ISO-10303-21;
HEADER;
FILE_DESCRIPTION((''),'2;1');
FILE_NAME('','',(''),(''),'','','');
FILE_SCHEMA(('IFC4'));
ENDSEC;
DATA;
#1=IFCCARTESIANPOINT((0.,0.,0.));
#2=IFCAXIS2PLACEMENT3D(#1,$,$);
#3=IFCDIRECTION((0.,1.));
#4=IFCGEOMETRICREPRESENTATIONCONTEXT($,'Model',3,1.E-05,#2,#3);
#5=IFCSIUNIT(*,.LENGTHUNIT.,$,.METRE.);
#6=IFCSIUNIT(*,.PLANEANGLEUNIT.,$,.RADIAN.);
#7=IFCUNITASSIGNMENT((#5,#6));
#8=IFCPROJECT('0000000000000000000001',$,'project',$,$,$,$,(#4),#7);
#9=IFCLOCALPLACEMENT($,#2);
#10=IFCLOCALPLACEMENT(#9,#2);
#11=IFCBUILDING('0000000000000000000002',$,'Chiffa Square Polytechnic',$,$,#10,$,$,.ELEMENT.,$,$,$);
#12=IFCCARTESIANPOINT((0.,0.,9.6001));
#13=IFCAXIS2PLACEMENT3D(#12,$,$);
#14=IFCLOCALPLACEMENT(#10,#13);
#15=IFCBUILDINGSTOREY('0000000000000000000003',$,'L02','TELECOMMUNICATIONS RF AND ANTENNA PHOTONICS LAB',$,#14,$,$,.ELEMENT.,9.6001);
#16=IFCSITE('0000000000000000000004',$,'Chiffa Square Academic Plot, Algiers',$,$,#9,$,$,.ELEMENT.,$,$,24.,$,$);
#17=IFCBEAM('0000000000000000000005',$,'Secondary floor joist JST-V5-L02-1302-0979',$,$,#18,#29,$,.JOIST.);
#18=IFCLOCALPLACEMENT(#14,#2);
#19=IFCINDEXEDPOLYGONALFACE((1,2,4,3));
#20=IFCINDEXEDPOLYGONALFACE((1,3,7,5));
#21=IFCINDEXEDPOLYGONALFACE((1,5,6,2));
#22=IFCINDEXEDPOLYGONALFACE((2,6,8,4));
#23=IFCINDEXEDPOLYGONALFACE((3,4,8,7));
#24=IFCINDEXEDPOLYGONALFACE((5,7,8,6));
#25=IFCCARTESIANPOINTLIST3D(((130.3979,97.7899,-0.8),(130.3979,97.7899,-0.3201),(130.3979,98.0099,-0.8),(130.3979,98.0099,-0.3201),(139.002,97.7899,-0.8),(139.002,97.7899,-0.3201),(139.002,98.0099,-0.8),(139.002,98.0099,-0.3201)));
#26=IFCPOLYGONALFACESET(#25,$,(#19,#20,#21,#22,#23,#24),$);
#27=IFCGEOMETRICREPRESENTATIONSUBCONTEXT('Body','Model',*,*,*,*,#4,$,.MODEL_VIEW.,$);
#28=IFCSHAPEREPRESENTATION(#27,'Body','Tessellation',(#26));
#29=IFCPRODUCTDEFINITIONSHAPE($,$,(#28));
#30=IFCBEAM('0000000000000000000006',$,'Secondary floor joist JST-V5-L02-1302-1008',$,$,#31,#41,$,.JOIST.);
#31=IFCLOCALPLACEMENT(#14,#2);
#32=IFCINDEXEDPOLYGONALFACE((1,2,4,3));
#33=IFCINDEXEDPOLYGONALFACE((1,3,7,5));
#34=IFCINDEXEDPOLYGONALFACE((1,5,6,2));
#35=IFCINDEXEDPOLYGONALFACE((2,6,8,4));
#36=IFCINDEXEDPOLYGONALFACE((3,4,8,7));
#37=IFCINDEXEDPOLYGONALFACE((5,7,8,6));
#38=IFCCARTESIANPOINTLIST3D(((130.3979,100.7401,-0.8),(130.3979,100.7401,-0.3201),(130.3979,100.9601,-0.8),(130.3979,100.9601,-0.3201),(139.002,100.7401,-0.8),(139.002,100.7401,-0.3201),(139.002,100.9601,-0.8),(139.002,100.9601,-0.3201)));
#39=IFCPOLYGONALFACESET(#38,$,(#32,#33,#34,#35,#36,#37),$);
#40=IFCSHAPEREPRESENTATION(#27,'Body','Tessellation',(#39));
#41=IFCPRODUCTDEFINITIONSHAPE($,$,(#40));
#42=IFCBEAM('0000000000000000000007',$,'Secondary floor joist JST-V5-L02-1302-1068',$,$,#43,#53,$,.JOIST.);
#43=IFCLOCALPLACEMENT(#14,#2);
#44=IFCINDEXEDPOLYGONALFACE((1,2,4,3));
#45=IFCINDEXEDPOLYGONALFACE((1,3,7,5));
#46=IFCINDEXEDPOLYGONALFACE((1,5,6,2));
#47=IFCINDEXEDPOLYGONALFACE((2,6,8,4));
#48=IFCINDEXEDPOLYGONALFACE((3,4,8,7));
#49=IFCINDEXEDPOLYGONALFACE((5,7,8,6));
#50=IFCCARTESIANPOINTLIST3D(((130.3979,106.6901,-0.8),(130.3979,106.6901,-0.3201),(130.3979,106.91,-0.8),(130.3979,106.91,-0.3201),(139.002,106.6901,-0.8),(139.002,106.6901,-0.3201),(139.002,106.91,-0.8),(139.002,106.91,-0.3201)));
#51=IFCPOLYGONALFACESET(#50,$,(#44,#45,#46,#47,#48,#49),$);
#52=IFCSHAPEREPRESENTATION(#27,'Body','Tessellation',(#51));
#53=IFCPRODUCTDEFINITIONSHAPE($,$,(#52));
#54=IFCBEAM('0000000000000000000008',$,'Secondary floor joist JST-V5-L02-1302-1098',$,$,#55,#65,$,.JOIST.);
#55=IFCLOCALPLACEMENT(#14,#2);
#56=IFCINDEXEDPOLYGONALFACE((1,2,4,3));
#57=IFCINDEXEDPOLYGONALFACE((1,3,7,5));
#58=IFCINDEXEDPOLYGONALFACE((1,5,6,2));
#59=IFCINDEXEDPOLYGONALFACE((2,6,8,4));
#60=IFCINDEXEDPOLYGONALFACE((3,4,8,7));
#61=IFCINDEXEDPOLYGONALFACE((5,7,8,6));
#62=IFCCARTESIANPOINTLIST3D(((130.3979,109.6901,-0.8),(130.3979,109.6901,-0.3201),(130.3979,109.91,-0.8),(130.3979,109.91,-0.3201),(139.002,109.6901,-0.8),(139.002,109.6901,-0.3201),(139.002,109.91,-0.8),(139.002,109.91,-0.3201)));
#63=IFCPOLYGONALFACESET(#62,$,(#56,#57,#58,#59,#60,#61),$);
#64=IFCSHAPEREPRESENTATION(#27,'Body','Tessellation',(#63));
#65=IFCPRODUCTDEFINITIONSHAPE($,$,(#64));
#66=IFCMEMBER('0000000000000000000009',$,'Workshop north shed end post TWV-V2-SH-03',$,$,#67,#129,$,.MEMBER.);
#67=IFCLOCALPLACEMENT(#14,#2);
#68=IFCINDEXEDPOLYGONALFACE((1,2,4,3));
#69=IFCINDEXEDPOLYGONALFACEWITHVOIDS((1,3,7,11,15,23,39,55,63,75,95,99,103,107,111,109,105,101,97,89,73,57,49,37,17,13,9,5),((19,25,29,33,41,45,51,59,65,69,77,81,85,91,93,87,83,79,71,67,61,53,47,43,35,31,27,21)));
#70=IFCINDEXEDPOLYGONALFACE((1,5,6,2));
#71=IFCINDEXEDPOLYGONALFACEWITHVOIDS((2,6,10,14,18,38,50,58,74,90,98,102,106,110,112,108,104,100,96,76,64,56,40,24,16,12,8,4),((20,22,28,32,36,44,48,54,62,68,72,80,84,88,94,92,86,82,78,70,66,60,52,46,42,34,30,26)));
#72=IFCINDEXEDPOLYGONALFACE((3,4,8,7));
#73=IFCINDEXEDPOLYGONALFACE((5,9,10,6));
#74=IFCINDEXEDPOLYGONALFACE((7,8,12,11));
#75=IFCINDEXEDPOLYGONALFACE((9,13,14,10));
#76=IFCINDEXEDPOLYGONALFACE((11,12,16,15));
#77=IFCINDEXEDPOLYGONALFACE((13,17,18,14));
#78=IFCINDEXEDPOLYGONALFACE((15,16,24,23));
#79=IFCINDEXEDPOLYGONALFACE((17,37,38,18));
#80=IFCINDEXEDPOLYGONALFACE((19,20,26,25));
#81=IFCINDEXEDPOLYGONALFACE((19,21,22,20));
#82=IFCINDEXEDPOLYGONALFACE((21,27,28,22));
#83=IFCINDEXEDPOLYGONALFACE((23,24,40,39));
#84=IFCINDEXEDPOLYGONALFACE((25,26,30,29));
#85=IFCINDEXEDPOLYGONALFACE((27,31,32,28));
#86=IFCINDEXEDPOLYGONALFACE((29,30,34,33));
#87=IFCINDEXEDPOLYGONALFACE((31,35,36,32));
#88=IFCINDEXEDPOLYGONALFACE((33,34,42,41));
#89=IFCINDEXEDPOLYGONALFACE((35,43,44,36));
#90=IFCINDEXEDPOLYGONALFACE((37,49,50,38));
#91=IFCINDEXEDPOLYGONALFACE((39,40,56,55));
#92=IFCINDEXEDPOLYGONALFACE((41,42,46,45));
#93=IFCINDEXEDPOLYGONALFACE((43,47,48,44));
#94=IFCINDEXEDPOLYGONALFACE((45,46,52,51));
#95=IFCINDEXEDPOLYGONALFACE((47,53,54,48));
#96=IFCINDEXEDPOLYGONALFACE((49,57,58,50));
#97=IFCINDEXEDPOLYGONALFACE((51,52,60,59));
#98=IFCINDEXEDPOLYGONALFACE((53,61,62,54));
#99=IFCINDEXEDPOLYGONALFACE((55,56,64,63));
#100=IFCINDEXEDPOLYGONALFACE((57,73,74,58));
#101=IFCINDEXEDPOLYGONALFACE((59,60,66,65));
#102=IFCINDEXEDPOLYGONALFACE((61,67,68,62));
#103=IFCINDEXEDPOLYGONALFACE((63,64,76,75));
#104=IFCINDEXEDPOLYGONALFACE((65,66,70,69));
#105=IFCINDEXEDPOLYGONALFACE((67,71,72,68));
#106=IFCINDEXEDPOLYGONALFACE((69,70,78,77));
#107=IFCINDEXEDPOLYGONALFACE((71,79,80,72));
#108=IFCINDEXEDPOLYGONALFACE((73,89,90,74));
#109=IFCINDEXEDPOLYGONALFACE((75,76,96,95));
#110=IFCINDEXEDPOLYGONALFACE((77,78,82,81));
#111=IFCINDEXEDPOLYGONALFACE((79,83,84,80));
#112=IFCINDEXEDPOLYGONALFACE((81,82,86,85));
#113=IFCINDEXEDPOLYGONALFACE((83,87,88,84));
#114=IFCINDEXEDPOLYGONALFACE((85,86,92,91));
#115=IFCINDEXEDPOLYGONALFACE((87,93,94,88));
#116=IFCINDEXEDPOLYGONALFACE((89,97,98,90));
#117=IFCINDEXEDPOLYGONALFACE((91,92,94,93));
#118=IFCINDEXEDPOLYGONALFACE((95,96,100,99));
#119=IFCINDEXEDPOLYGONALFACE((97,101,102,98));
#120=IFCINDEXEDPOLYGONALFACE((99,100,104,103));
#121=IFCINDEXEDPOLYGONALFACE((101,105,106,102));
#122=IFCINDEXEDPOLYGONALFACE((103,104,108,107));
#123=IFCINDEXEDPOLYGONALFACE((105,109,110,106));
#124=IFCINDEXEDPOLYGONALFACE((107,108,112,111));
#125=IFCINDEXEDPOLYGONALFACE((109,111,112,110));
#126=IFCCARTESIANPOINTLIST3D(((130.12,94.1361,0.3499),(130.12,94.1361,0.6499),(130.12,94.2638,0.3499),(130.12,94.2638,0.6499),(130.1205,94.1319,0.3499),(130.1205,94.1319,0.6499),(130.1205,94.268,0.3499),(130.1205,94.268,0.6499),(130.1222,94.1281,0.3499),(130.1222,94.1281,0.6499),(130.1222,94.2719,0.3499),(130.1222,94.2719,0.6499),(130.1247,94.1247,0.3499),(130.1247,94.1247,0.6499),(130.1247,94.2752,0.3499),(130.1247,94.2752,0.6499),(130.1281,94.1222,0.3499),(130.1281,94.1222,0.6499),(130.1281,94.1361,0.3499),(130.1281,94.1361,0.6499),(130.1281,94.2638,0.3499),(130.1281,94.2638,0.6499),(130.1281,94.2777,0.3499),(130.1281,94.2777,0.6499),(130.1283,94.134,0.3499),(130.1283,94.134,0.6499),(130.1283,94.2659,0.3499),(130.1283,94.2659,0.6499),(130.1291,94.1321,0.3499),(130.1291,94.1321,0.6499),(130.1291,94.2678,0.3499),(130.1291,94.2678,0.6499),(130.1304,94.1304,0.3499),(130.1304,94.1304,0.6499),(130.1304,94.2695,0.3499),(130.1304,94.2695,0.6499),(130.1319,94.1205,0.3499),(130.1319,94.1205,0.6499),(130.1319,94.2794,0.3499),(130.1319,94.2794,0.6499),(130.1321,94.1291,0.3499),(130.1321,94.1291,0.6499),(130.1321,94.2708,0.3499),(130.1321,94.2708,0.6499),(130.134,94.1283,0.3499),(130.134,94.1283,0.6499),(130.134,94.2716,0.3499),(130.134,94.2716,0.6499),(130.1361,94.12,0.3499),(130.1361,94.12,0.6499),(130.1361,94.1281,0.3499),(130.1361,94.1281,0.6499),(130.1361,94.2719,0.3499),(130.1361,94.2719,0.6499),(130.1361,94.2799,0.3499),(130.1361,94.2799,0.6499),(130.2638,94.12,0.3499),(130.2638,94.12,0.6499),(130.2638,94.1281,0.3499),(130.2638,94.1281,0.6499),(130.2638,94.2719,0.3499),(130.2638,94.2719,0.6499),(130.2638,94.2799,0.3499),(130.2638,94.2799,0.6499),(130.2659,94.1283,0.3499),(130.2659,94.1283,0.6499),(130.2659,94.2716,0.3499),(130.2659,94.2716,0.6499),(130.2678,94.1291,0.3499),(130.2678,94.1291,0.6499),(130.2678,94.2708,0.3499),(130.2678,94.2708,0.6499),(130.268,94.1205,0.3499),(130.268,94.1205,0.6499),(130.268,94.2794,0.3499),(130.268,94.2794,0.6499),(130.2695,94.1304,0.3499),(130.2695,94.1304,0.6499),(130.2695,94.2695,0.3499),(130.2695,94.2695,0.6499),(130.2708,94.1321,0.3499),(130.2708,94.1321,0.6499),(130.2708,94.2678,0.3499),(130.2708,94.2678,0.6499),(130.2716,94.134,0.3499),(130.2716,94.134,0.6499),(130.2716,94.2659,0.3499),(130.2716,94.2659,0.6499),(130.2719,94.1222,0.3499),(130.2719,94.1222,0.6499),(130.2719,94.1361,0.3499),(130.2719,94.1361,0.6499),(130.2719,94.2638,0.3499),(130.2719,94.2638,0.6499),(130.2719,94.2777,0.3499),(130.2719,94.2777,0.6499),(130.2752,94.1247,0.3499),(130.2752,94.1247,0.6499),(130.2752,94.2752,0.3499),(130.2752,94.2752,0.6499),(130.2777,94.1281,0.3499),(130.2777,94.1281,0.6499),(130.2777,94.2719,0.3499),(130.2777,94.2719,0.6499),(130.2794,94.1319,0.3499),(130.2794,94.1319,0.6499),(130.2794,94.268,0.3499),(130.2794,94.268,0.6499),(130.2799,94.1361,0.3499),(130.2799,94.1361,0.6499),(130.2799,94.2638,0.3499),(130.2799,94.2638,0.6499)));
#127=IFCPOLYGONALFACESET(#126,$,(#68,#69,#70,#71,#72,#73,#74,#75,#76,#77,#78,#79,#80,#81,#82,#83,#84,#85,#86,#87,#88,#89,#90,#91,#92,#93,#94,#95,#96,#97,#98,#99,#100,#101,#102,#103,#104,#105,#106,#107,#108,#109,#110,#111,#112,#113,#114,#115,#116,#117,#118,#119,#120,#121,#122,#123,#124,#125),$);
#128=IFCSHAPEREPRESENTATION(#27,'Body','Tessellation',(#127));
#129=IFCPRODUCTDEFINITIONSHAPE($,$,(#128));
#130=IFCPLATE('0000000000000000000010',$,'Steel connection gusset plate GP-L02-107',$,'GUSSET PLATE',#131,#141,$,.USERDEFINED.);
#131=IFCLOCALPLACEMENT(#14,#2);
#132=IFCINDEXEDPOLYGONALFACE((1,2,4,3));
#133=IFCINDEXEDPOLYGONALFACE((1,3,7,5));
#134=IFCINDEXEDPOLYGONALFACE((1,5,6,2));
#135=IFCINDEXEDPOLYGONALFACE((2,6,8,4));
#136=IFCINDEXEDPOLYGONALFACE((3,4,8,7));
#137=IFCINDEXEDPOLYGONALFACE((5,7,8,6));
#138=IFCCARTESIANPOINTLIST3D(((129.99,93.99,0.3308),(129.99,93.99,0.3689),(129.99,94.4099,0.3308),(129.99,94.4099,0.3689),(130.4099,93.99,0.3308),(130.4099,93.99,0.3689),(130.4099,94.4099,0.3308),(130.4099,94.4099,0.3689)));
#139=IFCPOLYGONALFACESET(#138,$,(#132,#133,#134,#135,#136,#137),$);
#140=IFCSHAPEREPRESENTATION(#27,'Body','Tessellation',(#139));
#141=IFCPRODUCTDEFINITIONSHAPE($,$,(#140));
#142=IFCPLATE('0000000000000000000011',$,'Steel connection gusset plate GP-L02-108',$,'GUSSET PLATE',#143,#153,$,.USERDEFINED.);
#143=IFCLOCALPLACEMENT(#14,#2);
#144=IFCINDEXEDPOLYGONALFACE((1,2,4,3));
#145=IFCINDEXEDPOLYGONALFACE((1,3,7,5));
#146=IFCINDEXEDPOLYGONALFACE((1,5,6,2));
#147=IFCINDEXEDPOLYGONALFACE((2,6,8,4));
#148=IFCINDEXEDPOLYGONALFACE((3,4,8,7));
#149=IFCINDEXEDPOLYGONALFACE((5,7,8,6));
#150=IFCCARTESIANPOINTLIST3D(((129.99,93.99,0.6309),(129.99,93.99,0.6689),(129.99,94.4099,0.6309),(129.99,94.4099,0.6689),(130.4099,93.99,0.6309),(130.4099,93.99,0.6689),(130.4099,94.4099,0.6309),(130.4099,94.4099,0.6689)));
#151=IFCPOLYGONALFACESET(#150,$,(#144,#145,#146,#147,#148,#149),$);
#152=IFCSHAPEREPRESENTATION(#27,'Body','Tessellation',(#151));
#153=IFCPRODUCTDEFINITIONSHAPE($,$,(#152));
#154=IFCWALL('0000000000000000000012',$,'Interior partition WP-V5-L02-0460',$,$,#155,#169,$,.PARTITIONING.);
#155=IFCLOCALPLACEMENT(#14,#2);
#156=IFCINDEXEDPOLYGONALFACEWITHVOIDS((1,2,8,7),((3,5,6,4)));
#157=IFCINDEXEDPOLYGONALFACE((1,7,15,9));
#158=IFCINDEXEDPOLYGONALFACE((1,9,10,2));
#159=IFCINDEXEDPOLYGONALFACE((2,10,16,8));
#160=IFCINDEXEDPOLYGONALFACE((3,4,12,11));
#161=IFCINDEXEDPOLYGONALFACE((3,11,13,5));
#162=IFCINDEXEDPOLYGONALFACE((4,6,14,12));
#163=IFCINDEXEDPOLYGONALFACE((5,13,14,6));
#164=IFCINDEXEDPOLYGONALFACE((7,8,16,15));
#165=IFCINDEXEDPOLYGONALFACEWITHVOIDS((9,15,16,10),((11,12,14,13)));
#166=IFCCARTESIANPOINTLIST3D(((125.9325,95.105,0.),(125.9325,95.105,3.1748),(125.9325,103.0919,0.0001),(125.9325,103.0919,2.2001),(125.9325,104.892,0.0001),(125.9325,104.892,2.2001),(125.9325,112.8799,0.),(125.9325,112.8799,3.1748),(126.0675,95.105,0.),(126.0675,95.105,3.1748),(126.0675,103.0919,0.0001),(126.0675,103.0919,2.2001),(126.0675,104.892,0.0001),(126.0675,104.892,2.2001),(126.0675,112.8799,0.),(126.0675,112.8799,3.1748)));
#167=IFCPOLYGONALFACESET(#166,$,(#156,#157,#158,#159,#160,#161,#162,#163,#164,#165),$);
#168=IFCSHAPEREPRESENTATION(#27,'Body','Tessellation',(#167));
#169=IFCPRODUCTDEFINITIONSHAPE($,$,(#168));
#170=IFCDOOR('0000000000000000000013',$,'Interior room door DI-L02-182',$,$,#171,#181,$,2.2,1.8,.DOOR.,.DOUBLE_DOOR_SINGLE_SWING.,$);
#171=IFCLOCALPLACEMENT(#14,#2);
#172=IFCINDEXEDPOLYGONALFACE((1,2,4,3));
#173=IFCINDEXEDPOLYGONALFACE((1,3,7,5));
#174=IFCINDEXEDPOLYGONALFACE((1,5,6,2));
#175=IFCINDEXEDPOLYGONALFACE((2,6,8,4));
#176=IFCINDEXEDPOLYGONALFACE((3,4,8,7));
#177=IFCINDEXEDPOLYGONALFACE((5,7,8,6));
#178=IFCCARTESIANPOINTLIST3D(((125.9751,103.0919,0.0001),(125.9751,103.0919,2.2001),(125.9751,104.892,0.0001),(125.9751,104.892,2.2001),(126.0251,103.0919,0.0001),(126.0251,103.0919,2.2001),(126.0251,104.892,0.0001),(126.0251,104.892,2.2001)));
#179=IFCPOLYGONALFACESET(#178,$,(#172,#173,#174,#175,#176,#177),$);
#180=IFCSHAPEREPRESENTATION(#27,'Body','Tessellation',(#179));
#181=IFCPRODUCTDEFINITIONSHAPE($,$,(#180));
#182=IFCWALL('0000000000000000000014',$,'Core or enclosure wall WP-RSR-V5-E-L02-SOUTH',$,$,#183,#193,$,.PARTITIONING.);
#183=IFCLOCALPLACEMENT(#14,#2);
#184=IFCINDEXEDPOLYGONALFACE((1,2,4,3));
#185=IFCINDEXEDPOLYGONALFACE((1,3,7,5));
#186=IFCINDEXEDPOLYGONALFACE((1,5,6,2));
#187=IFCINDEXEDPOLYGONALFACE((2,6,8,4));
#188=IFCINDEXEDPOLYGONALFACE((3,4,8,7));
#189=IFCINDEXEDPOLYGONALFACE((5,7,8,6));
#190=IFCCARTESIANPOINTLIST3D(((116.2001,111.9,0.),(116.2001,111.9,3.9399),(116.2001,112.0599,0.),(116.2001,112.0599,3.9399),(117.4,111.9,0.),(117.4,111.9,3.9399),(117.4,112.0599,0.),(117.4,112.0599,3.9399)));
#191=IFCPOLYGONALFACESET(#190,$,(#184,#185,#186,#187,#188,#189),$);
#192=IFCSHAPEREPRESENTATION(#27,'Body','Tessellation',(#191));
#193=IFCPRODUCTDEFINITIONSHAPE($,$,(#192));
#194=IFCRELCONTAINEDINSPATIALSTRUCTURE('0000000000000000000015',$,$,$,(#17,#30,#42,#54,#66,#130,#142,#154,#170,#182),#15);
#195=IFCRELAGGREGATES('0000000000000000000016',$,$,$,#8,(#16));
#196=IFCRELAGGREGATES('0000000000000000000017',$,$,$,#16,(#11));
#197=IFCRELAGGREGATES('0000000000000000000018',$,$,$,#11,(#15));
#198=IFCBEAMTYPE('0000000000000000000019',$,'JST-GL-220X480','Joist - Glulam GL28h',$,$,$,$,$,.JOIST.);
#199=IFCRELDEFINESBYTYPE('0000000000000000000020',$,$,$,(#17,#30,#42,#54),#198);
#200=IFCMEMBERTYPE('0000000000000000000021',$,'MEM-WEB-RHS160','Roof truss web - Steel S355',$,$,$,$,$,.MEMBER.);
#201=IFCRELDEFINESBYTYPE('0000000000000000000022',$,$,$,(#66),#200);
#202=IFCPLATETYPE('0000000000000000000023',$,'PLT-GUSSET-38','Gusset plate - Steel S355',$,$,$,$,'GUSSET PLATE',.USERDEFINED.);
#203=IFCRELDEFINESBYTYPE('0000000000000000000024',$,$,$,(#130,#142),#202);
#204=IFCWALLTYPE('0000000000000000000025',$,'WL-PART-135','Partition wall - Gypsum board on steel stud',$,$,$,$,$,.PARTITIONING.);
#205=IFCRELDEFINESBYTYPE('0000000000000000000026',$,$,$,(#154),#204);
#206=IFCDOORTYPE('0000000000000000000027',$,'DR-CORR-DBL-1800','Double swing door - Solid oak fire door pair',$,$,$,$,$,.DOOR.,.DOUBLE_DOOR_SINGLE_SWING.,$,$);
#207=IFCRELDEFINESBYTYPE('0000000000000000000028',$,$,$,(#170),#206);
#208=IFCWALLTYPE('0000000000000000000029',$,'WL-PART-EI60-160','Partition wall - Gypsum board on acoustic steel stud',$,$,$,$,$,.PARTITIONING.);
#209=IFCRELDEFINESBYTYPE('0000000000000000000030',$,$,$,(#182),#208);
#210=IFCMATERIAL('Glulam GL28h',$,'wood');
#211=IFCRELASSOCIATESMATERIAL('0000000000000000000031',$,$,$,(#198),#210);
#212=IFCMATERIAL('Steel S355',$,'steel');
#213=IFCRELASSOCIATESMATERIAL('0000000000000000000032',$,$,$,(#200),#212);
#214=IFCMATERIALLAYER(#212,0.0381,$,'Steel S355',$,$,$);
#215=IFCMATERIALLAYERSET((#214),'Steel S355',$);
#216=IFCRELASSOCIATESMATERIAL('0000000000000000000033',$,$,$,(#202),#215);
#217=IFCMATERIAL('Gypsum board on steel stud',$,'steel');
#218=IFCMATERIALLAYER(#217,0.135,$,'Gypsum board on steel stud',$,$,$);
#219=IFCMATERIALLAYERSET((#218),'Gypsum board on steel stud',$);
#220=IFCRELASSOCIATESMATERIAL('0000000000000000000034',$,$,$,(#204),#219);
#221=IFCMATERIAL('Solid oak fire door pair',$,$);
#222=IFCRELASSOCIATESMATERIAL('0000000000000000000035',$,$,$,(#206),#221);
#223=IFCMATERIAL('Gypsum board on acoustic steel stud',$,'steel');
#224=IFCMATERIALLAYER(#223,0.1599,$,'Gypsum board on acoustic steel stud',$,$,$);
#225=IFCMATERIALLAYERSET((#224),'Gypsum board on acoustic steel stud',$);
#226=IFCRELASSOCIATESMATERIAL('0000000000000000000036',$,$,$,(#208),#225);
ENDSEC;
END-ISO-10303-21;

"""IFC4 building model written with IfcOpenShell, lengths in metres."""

from ifc_helpers import new_model, si_unit, direction, frame, frame_2d, origin, origin_2d, place, context, subcontext, project, spatial, rectangle, hollow_rectangle, extrude, material, layer, layer_set, material_profile, profile_set, type_object, element, fill, save


model = new_model("IFC4")

# Units and contexts
model_context = context("Model", 3, precision=1e-05, world=origin(), true_north=direction((0.0, 1.0)))
body_context = subcontext(model_context, "Body", "Model", "MODEL_VIEW")
ifc_project = project(units=[si_unit("LENGTHUNIT", "METRE"), si_unit("PLANEANGLEUNIT", "RADIAN")], contexts=[model_context])

# Site, building, storey
site_placement = place(None, origin())
site = spatial("IfcSite", under=ifc_project, at=site_placement, Name="Chiffa Square Academic Plot, Algiers", CompositionType="ELEMENT", RefElevation=24.0)
building_placement = place(site_placement, origin())
building = spatial("IfcBuilding", under=site, at=building_placement, Name="Chiffa Square Polytechnic", CompositionType="ELEMENT")
storey_placement = place(building_placement, frame((0.0, 0.0, 9.6001)))
storey = spatial("IfcBuildingStorey", under=building, at=storey_placement, Name="L02", Description="TELECOMMUNICATIONS RF AND ANTENNA PHOTONICS LAB", CompositionType="ELEMENT", Elevation=9.6001)

# Beams
ifc_material_1 = material(Name="Glulam GL28h", Category="wood")
ifc_material_profile_1 = material_profile(ifc_material_1, rectangle(XDim=0.22, YDim=0.48, at=origin_2d()), Name="GL28h 220x480")
ifc_profile_set_1 = profile_set([ifc_material_profile_1], Name="Glulam GL28h")
beam_type_1 = type_object("IfcBeamType", Name="JST-GL-220X480", Description="Joist - Glulam GL28h", PredefinedType="JOIST", material=ifc_profile_set_1)
for number, where, z_axis, x_axis, name in (
    (1, (130.3979, 97.8999, -0.5601), (1.0, 0.0, 0.0), (0.0, 1.0, 0.0), "Secondary floor joist JST-V5-L02-1302-0979"),
    (2, (130.3979, 100.8501, -0.5601), (1.0, 0.0, 0.0), (0.0, 1.0, 0.0), "Secondary floor joist JST-V5-L02-1302-1008"),
    (3, (130.3979, 106.8, -0.5601), (1.0, 0.0, 0.0), (0.0, 1.0, 0.0), "Secondary floor joist JST-V5-L02-1302-1068"),
    (4, (130.3979, 109.8, -0.5601), (1.0, 0.0, 0.0), (0.0, 1.0, 0.0), "Secondary floor joist JST-V5-L02-1302-1098"),
):
    element("IfcBeam", number, at=place(storey_placement, frame(where, z_axis=z_axis, x_axis=x_axis)), inside=storey, type_object=beam_type_1, Name=name, PredefinedType="JOIST", context=body_context, shape_type="SweptSolid", body=[
        extrude(rectangle(XDim=0.22, YDim=0.48, at=origin_2d()), origin(), (0.0, 0.0, 1.0), 8.604),
    ])

# Member
ifc_material_2 = material(Name="Steel S355", Category="steel")
ifc_material_profile_2 = material_profile(ifc_material_2, hollow_rectangle(XDim=0.1599, YDim=0.1599, WallThickness=0.0081, InnerFilletRadius=0.0081, OuterFilletRadius=0.0161, at=origin_2d()), Name="RHS 160x160x8")
ifc_profile_set_2 = profile_set([ifc_material_profile_2], Name="Steel S355")
member_type = type_object("IfcMemberType", Name="MEM-WEB-RHS160", Description="Roof truss web - Steel S355", PredefinedType="MEMBER", material=ifc_profile_set_2)
member_placement = place(storey_placement, frame((130.2, 94.2, 0.3499), z_axis=(0.0, 0.0, 1.0), x_axis=(1.0, 0.0, 0.0)))
element("IfcMember", 5, at=member_placement, inside=storey, type_object=member_type, Name="Workshop north shed end post TWV-V2-SH-03", PredefinedType="MEMBER", context=body_context, shape_type="SweptSolid", body=[
    extrude(hollow_rectangle(XDim=0.1599, YDim=0.1599, WallThickness=0.0081, InnerFilletRadius=0.0081, OuterFilletRadius=0.0161, at=origin_2d()), origin(), (0.0, 0.0, 1.0), 0.3),
])

# Plates
ifc_layer_1 = layer(ifc_material_2, 0.0381, Name="Steel S355")
ifc_layer_set_1 = layer_set([ifc_layer_1], Name="Steel S355")
plate_type = type_object("IfcPlateType", Name="PLT-GUSSET-38", Description="Gusset plate - Steel S355", ElementType="GUSSET PLATE", PredefinedType="USERDEFINED", material=ifc_layer_set_1)
for number, where, z_axis, x_axis, name in (
    (6, (130.2, 94.2, 0.3308), (0.0, 0.0, 1.0), (1.0, 0.0, 0.0), "Steel connection gusset plate GP-L02-107"),
    (7, (130.2, 94.2, 0.6309), (0.0, 0.0, 1.0), (1.0, 0.0, 0.0), "Steel connection gusset plate GP-L02-108"),
):
    element("IfcPlate", number, at=place(storey_placement, frame(where, z_axis=z_axis, x_axis=x_axis)), inside=storey, type_object=plate_type, Name=name, ObjectType="GUSSET PLATE", PredefinedType="USERDEFINED", context=body_context, shape_type="SweptSolid", body=[
        extrude(rectangle(XDim=0.4199, YDim=0.4199, at=origin_2d()), origin(), (0.0, 0.0, 1.0), 0.0381),
    ])

# Wall, opening, door
ifc_material_3 = material(Name="Gypsum board on steel stud", Category="steel")
ifc_layer_2 = layer(ifc_material_3, 0.135, Name="Gypsum board on steel stud")
ifc_layer_set_2 = layer_set([ifc_layer_2], Name="Gypsum board on steel stud")
wall_type_1 = type_object("IfcWallType", Name="WL-PART-135", Description="Partition wall - Gypsum board on steel stud", PredefinedType="PARTITIONING", material=ifc_layer_set_2)
wall_1_placement = place(storey_placement, frame((126.0, 95.105, 0.0), z_axis=(0.0, 0.0, 1.0), x_axis=(0.0, 1.0, 0.0)))
wall_1 = element("IfcWall", 8, at=wall_1_placement, inside=storey, type_object=wall_type_1, Name="Interior partition WP-V5-L02-0460", PredefinedType="PARTITIONING", context=body_context, shape_type="SweptSolid", body=[
    extrude(rectangle(XDim=17.7749, YDim=0.135, at=frame_2d((8.8875, 0.0))), origin(), (0.0, 0.0, 1.0), 3.1748),
])
opening_placement = place(wall_1_placement, frame((7.9871, 0.0, 0.0)))
opening = element("IfcOpeningElement", 9, at=opening_placement, cuts=wall_1, PredefinedType="OPENING", context=body_context, shape_type="SweptSolid", body=[
    extrude(rectangle(XDim=1.8, YDim=2.2, at=frame_2d((0.8999, 1.1001))), frame((0.0, 0.0776, 0.0), z_axis=(0.0, -1.0, 0.0), x_axis=(1.0, 0.0, 0.0)), (0.0, 0.0, 1.0), 0.155),
])
ifc_material_4 = material(Name="Solid oak fire door pair")
door_type = type_object("IfcDoorType", Name="DR-CORR-DBL-1800", Description="Double swing door - Solid oak fire door pair", OperationType="DOUBLE_DOOR_SINGLE_SWING", PredefinedType="DOOR", material=ifc_material_4)
door_placement = place(opening_placement, origin())
door = element("IfcDoor", 10, at=door_placement, inside=storey, type_object=door_type, Name="Interior room door DI-L02-182", OperationType="DOUBLE_DOOR_SINGLE_SWING", OverallHeight=2.2, OverallWidth=1.8, PredefinedType="DOOR", context=body_context, shape_type="SweptSolid", body=[
    extrude(rectangle(XDim=1.8, YDim=2.2, at=frame_2d((0.8999, 1.1001))), frame((0.0, 0.0249, 0.0), z_axis=(0.0, -1.0, 0.0), x_axis=(1.0, 0.0, 0.0)), (0.0, 0.0, 1.0), 0.05),
])
fill(opening, door)

# Wall
ifc_material_5 = material(Name="Gypsum board on acoustic steel stud", Category="steel")
ifc_layer_3 = layer(ifc_material_5, 0.1599, Name="Gypsum board on acoustic steel stud")
ifc_layer_set_3 = layer_set([ifc_layer_3], Name="Gypsum board on acoustic steel stud")
wall_type_2 = type_object("IfcWallType", Name="WL-PART-EI60-160", Description="Partition wall - Gypsum board on acoustic steel stud", PredefinedType="PARTITIONING", material=ifc_layer_set_3)
wall_2_placement = place(storey_placement, frame((116.2, 111.98, 0.0), z_axis=(0.0, 0.0, 1.0), x_axis=(1.0, 0.0, 0.0)))
element("IfcWall", 11, at=wall_2_placement, inside=storey, type_object=wall_type_2, Name="Core or enclosure wall WP-RSR-V5-E-L02-SOUTH", PredefinedType="PARTITIONING", context=body_context, shape_type="SweptSolid", body=[
    extrude(rectangle(XDim=1.2, YDim=0.1599, at=frame_2d((0.6001, 0.0))), origin(), (0.0, 0.0, 1.0), 3.9399),
])

save(model, "model.ifc")
